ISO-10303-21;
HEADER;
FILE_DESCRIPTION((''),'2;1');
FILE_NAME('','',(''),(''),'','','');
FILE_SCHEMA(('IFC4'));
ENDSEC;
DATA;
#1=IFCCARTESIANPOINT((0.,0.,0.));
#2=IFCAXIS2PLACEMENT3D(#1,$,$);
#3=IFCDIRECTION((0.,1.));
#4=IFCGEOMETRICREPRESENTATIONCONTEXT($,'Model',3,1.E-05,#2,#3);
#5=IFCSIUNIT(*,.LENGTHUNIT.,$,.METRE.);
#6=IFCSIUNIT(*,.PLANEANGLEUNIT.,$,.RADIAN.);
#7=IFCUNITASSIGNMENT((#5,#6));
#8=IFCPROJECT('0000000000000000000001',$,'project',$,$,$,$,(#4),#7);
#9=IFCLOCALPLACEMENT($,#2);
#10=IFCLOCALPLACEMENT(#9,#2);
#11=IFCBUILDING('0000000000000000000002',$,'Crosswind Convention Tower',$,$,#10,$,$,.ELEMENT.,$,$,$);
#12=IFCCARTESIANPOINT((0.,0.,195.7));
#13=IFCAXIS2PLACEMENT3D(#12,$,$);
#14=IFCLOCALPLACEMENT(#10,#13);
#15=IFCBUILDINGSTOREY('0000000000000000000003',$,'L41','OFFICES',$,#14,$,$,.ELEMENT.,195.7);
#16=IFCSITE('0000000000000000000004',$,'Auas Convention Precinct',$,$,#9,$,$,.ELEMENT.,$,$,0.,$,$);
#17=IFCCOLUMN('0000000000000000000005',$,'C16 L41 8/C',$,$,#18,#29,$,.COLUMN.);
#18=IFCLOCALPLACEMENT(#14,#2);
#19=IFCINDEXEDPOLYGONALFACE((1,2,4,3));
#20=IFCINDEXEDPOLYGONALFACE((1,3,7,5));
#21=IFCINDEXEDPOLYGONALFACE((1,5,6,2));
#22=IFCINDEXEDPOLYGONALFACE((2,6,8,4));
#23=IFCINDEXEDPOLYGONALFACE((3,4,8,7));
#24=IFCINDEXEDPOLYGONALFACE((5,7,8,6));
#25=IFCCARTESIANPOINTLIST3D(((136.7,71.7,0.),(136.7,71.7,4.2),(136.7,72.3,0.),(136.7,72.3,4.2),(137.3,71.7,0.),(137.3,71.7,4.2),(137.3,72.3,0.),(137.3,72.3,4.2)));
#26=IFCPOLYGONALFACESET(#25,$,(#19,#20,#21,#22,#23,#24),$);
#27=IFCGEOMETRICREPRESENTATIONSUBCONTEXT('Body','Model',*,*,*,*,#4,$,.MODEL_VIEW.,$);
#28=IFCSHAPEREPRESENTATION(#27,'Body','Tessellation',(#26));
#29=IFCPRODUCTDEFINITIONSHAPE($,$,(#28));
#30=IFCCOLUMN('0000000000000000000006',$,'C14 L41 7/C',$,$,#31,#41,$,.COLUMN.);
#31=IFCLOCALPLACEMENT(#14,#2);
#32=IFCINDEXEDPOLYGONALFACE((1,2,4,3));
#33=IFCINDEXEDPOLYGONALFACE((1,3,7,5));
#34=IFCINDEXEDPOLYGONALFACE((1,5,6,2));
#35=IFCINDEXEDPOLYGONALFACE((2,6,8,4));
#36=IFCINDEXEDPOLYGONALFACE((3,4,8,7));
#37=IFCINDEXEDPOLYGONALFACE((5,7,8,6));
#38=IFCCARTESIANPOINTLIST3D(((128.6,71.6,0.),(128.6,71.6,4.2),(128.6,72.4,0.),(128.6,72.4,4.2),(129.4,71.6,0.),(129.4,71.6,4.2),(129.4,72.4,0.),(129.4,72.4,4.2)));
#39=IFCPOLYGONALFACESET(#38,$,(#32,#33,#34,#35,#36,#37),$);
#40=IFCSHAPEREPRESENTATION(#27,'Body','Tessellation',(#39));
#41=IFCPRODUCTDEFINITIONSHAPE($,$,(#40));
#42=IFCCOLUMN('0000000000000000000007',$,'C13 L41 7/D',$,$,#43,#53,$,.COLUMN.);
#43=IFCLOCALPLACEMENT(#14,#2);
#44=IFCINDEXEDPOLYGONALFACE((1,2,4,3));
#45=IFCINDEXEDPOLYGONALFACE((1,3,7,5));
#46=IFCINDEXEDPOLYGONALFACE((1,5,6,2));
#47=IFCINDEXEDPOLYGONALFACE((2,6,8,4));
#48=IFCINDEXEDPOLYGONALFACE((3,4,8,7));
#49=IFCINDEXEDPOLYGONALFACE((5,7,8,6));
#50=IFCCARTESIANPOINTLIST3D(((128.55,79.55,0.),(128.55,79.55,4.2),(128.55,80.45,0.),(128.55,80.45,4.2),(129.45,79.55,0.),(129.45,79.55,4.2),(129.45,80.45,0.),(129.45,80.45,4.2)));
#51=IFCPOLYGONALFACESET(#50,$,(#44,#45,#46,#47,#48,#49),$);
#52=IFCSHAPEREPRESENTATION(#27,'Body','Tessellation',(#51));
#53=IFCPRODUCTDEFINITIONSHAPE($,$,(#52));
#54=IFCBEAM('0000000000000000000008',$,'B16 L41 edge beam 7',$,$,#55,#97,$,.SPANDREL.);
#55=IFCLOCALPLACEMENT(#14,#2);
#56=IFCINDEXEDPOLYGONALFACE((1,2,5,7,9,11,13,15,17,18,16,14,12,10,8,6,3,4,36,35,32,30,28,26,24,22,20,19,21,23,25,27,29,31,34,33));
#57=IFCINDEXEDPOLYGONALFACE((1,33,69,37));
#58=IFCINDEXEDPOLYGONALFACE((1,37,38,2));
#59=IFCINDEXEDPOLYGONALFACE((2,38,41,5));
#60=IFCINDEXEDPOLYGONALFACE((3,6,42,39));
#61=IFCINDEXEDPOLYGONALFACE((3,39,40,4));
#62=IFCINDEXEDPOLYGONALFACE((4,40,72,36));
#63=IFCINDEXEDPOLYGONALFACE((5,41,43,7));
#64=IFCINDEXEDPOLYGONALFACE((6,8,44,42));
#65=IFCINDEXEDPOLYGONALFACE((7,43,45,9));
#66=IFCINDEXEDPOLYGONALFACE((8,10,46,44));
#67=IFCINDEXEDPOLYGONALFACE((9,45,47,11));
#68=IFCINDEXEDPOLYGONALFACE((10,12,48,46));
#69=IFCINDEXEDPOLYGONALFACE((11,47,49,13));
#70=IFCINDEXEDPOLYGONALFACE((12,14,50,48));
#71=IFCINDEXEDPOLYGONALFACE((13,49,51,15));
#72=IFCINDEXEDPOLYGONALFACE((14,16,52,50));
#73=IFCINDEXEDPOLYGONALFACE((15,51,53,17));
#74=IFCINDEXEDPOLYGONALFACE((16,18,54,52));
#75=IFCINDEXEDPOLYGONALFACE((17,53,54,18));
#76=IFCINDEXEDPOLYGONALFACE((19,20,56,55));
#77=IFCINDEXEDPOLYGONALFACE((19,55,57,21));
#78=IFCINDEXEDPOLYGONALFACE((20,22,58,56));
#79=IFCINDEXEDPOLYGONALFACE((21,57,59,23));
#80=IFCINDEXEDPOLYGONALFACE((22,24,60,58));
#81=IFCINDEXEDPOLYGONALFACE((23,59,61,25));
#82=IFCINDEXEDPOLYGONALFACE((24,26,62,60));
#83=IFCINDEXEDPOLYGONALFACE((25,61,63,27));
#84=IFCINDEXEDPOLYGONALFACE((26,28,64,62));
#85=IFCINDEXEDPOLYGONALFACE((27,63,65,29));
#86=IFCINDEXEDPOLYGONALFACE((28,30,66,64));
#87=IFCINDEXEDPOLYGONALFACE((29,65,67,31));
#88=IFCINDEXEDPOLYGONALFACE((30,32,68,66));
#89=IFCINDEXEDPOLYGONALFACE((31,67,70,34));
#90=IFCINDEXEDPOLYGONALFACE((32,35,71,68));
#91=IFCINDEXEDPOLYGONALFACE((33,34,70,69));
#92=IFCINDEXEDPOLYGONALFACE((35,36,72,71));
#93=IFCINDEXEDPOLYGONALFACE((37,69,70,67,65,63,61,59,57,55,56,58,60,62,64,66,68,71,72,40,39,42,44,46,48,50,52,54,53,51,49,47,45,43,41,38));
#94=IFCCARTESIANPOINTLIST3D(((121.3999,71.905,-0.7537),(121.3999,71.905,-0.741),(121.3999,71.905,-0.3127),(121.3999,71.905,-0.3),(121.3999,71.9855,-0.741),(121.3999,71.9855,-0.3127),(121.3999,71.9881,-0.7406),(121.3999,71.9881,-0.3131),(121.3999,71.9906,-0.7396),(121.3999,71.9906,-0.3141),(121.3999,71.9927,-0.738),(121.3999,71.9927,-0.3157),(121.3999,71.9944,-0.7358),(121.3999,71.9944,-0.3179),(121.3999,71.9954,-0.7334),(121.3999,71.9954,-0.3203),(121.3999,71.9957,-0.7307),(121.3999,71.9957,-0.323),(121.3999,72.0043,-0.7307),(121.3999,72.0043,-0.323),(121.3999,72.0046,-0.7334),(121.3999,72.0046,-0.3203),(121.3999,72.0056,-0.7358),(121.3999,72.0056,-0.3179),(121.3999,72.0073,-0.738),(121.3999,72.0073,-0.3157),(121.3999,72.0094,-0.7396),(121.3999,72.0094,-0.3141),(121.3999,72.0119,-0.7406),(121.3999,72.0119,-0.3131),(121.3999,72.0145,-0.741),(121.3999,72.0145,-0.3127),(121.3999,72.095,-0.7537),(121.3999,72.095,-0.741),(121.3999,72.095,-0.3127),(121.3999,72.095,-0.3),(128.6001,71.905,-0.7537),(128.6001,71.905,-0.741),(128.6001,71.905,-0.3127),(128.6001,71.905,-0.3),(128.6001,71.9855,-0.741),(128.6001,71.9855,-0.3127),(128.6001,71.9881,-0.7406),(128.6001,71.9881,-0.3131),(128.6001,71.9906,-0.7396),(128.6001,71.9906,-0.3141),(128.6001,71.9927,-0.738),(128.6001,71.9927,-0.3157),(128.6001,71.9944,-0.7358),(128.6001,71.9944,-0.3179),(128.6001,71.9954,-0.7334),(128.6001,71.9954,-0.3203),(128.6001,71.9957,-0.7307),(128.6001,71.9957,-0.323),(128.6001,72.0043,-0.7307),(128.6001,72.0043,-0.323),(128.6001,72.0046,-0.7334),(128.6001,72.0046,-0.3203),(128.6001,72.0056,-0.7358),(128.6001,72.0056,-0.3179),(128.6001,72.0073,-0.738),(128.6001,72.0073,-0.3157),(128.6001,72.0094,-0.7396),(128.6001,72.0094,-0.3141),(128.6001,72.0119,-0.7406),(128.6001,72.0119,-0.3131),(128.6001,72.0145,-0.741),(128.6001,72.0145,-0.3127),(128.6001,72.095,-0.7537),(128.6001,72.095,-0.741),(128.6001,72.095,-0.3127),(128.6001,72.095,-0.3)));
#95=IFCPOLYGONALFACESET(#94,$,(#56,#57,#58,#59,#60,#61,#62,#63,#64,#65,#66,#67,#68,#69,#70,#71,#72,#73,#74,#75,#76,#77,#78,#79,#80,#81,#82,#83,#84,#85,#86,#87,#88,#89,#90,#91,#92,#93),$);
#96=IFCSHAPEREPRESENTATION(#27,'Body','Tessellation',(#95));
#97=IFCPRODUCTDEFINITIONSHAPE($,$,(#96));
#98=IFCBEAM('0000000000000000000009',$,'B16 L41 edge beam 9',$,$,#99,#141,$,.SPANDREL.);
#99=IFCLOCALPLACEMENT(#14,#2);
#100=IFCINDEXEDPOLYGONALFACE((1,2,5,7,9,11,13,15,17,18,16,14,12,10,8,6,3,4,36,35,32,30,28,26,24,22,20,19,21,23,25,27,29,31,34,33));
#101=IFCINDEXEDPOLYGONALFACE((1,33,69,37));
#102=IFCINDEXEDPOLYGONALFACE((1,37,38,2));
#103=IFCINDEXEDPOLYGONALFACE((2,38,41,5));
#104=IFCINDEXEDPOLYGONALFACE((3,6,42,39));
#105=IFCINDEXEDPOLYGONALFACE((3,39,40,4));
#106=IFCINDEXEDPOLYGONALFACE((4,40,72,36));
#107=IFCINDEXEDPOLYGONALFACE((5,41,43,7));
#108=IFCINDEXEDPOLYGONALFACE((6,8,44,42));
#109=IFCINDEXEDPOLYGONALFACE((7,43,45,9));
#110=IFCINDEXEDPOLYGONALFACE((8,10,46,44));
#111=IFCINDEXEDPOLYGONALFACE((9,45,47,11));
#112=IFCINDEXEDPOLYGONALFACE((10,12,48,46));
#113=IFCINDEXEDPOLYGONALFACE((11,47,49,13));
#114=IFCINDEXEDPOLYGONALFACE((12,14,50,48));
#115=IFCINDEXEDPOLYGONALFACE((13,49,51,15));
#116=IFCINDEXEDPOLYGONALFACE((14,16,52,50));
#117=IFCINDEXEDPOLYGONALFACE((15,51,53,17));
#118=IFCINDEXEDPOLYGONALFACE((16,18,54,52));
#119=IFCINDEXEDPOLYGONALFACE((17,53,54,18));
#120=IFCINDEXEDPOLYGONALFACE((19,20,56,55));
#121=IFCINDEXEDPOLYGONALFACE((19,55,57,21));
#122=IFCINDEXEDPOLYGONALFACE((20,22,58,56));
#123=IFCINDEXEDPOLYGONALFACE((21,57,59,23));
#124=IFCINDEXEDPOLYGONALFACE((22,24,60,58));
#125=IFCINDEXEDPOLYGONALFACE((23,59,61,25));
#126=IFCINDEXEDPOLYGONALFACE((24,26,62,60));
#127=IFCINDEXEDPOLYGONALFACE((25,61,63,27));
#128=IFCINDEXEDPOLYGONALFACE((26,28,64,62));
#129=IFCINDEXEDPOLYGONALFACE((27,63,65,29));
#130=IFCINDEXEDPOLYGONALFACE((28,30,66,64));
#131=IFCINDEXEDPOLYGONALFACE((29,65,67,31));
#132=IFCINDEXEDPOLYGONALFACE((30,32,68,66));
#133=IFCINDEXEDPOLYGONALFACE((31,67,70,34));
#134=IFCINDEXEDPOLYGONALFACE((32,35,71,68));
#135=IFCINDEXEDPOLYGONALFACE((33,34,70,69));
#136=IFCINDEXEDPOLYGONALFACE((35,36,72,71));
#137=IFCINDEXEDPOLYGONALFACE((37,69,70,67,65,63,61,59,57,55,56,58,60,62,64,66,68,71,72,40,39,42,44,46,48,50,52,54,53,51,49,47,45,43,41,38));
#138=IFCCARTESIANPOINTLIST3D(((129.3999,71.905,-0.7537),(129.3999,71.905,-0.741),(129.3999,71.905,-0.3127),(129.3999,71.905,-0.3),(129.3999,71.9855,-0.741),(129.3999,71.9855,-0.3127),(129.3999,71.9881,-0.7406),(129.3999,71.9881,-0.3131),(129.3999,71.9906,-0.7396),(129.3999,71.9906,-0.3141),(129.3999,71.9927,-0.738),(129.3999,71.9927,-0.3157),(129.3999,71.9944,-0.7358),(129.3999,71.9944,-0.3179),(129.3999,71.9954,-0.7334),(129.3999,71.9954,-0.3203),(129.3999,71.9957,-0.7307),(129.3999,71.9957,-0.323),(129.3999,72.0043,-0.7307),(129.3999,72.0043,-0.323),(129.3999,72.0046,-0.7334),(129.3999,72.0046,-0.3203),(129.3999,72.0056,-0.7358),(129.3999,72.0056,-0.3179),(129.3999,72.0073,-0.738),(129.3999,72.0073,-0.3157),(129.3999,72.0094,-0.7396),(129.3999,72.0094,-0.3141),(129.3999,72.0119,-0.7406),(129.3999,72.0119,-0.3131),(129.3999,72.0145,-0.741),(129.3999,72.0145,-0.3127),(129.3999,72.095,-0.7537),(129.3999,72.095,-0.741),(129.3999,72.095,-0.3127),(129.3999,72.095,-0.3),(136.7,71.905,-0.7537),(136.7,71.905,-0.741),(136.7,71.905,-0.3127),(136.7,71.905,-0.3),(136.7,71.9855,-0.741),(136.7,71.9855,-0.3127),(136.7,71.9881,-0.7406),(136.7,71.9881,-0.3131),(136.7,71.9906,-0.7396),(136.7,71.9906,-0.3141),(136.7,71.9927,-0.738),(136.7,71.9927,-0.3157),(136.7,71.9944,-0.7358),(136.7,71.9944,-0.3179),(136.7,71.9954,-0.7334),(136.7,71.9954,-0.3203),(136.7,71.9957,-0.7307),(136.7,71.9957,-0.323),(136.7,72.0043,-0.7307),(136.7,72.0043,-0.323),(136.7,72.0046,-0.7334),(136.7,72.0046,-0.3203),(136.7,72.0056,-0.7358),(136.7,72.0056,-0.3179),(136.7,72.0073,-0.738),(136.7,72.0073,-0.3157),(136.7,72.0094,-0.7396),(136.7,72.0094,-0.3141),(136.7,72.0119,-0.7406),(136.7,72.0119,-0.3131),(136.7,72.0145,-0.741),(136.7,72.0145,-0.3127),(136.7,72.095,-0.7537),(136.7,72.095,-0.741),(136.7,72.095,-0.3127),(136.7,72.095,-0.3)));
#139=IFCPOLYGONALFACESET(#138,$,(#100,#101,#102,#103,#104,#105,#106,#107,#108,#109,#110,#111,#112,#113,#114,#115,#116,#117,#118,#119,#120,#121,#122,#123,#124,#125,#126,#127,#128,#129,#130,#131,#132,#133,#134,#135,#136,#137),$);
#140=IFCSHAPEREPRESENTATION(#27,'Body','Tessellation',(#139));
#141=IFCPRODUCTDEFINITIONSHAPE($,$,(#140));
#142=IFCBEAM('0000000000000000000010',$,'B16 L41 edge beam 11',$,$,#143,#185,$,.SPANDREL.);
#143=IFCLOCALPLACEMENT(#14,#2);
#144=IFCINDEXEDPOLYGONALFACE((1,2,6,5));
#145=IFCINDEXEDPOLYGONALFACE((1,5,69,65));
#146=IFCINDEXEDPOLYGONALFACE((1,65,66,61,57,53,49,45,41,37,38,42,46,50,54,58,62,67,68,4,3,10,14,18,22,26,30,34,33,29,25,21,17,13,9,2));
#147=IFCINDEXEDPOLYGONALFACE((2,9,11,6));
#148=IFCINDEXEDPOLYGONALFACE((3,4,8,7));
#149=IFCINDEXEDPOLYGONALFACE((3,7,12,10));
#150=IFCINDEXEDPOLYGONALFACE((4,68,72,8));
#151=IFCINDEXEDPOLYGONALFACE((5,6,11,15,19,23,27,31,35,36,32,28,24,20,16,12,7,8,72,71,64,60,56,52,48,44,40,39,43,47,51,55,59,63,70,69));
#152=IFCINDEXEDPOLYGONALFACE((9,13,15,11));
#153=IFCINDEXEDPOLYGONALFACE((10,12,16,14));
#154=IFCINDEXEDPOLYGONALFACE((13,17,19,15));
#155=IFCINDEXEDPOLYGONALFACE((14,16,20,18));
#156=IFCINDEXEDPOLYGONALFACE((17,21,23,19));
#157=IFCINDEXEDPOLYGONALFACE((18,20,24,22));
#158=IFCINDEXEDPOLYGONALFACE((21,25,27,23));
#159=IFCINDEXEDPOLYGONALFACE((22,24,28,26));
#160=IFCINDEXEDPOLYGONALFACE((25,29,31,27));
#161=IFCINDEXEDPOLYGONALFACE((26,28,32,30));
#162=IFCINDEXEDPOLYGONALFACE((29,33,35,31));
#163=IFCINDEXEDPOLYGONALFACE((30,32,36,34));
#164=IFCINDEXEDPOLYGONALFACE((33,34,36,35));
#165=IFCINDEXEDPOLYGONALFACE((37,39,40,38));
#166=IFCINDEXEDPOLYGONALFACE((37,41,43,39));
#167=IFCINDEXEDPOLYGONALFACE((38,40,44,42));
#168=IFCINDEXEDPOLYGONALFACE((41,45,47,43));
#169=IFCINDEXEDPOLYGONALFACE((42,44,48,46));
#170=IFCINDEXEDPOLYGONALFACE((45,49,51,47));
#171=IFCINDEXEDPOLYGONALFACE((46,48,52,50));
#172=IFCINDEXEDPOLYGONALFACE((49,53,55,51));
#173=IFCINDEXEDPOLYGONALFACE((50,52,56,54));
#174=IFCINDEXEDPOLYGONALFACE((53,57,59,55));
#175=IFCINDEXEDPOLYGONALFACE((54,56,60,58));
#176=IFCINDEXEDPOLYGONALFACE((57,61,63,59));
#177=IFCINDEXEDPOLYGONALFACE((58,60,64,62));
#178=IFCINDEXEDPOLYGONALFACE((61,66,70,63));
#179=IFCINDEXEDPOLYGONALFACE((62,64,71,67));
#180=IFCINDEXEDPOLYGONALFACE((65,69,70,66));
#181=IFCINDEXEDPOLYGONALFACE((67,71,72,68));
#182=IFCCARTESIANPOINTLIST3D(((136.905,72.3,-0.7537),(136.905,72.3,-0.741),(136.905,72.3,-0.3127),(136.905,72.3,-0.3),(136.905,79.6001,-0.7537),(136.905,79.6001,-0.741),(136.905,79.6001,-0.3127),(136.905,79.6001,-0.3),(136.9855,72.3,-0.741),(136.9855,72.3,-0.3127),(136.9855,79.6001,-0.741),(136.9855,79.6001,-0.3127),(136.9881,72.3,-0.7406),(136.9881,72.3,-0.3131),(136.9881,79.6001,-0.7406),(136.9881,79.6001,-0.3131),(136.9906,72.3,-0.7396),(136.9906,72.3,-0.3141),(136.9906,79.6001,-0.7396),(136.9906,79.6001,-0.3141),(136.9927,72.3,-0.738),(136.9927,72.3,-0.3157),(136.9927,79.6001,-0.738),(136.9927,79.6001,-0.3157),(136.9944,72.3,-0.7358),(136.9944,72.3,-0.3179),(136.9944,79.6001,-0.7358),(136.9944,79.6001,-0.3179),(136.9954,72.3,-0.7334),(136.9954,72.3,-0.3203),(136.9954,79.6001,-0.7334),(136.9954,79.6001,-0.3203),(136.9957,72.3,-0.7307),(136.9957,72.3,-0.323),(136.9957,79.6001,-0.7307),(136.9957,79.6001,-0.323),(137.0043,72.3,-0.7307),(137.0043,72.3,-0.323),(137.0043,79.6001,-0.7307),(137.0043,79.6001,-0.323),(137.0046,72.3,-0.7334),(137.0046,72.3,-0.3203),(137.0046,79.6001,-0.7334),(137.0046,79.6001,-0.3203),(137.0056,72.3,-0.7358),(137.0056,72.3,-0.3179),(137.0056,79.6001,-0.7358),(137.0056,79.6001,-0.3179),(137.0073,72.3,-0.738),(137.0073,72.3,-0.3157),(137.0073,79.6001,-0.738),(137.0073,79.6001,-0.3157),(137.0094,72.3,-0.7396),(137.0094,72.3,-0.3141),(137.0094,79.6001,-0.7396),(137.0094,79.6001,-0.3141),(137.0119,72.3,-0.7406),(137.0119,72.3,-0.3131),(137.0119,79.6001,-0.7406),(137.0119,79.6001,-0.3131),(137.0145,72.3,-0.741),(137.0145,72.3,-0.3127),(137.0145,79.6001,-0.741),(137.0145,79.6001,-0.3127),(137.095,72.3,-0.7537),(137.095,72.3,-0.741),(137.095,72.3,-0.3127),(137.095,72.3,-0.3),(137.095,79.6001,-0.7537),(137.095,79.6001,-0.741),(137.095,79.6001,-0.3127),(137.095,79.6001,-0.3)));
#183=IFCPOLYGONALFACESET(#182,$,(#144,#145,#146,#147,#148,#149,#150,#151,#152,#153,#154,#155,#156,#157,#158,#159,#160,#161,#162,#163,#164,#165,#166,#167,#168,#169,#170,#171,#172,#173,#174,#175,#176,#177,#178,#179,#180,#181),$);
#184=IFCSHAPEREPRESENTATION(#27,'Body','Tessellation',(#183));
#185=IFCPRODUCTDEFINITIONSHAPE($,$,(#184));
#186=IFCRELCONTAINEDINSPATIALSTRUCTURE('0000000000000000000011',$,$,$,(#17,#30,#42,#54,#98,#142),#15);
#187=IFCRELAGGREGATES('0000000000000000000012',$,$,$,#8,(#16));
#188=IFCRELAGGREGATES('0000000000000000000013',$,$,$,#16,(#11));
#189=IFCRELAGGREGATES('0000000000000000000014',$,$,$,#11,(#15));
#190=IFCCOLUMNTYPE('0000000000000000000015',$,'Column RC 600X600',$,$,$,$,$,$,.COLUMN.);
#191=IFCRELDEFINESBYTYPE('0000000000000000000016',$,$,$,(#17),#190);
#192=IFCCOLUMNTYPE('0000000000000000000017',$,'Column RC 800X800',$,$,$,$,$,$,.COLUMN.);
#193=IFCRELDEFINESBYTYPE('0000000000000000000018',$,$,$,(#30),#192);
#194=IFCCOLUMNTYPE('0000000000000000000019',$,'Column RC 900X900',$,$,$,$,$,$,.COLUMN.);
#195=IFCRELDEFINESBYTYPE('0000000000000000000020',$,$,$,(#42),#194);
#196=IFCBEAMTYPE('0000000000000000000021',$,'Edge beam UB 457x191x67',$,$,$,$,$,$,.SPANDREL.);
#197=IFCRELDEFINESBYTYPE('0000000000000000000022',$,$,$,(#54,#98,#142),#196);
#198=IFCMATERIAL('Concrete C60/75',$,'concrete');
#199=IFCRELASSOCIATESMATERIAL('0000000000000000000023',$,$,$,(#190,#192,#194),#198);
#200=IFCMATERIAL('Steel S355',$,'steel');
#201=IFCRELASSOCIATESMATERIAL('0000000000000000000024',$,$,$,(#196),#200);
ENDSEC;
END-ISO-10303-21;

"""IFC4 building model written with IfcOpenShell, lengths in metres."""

from ifc_helpers import new_model, si_unit, direction, frame, origin, origin_2d, place, context, subcontext, project, spatial, rectangle, i_section, extrude, material, material_profile, profile_set, type_object, element, save


model = new_model("IFC4")

# Units and contexts
model_context = context("Model", 3, precision=1e-05, world=origin(), true_north=direction((0.0, 1.0)))
body_context = subcontext(model_context, "Body", "Model", "MODEL_VIEW")
ifc_project = project(units=[si_unit("LENGTHUNIT", "METRE"), si_unit("PLANEANGLEUNIT", "RADIAN")], contexts=[model_context])

# Site, building, storey
site_placement = place(None, origin())
site = spatial("IfcSite", under=ifc_project, at=site_placement, Name="Auas Convention Precinct", CompositionType="ELEMENT", RefElevation=0.0)
building_placement = place(site_placement, origin())
building = spatial("IfcBuilding", under=site, at=building_placement, Name="Crosswind Convention Tower", CompositionType="ELEMENT")
storey_placement = place(building_placement, frame((0.0, 0.0, 195.7)))
storey = spatial("IfcBuildingStorey", under=building, at=storey_placement, Name="L41", Description="OFFICES", CompositionType="ELEMENT", Elevation=195.7)

# Columns
ifc_material_1 = material(Name="Concrete C60/75", Category="concrete")
ifc_material_profile_1 = material_profile(ifc_material_1, rectangle(XDim=0.6001, YDim=0.6001, at=origin_2d()), Name="RC 600X600")
ifc_profile_set_1 = profile_set([ifc_material_profile_1], Name="Concrete C60/75")
column_type_1 = type_object("IfcColumnType", Name="Column RC 600X600", PredefinedType="COLUMN", material=ifc_profile_set_1)
column_1_placement = place(storey_placement, frame((137.0, 72.0, 0.0), z_axis=(0.0, 0.0, 1.0), x_axis=(1.0, 0.0, 0.0)))
element("IfcColumn", 1, at=column_1_placement, inside=storey, type_object=column_type_1, Name="C16 L41 8/C", PredefinedType="COLUMN", context=body_context, shape_type="SweptSolid", body=[
    extrude(rectangle(XDim=0.6001, YDim=0.6001, at=origin_2d()), origin(), (0.0, 0.0, 1.0), 4.2),
])
ifc_material_profile_2 = material_profile(ifc_material_1, rectangle(XDim=0.8, YDim=0.8, at=origin_2d()), Name="RC 800X800")
ifc_profile_set_2 = profile_set([ifc_material_profile_2], Name="Concrete C60/75")
column_type_2 = type_object("IfcColumnType", Name="Column RC 800X800", PredefinedType="COLUMN", material=ifc_profile_set_2)
column_2_placement = place(storey_placement, frame((129.0, 72.0, 0.0), z_axis=(0.0, 0.0, 1.0), x_axis=(1.0, 0.0, 0.0)))
element("IfcColumn", 2, at=column_2_placement, inside=storey, type_object=column_type_2, Name="C14 L41 7/C", PredefinedType="COLUMN", context=body_context, shape_type="SweptSolid", body=[
    extrude(rectangle(XDim=0.8, YDim=0.8, at=origin_2d()), origin(), (0.0, 0.0, 1.0), 4.2),
])
ifc_material_profile_3 = material_profile(ifc_material_1, rectangle(XDim=0.8999, YDim=0.8999, at=origin_2d()), Name="RC 900X900")
ifc_profile_set_3 = profile_set([ifc_material_profile_3], Name="Concrete C60/75")
column_type_3 = type_object("IfcColumnType", Name="Column RC 900X900", PredefinedType="COLUMN", material=ifc_profile_set_3)
column_3_placement = place(storey_placement, frame((129.0, 80.0, 0.0), z_axis=(0.0, 0.0, 1.0), x_axis=(1.0, 0.0, 0.0)))
element("IfcColumn", 3, at=column_3_placement, inside=storey, type_object=column_type_3, Name="C13 L41 7/D", PredefinedType="COLUMN", context=body_context, shape_type="SweptSolid", body=[
    extrude(rectangle(XDim=0.8999, YDim=0.8999, at=origin_2d()), origin(), (0.0, 0.0, 1.0), 4.2),
])

# Beams
ifc_material_2 = material(Name="Steel S355", Category="steel")
ifc_material_profile_4 = material_profile(ifc_material_2, i_section(OverallWidth=0.1899, OverallDepth=0.4536, WebThickness=0.0085, FlangeThickness=0.0127, FilletRadius=0.0103, at=origin_2d()), Name="UB 457x191x67")
ifc_profile_set_4 = profile_set([ifc_material_profile_4], Name="Steel S355")
beam_type_1 = type_object("IfcBeamType", Name="Edge beam UB 457x191x67", PredefinedType="SPANDREL", material=ifc_profile_set_4)
beam_1_placement = place(storey_placement, frame((121.3999, 72.0, -0.5269), z_axis=(1.0, 0.0, 0.0), x_axis=(0.0, 1.0, 0.0)))
element("IfcBeam", 4, at=beam_1_placement, inside=storey, type_object=beam_type_1, Name="B16 L41 edge beam 7", PredefinedType="SPANDREL", context=body_context, shape_type="SweptSolid", body=[
    extrude(i_section(OverallWidth=0.1899, OverallDepth=0.4536, WebThickness=0.0085, FlangeThickness=0.0127, FilletRadius=0.0103, at=origin_2d()), origin(), (0.0, 0.0, 1.0), 7.2002),
])
for number, where, z_axis, x_axis, name in (
    (5, (129.3999, 72.0, -0.5269), (1.0, 0.0, 0.0), (0.0, 1.0, 0.0), "B16 L41 edge beam 9"),
    (6, (137.0, 72.3, -0.5269), (0.0, 1.0, 0.0), (-1.0, 0.0, 0.0), "B16 L41 edge beam 11"),
):
    element("IfcBeam", number, at=place(storey_placement, frame(where, z_axis=z_axis, x_axis=x_axis)), inside=storey, type_object=beam_type_1, Name=name, PredefinedType="SPANDREL", context=body_context, shape_type="SweptSolid", body=[
        extrude(i_section(OverallWidth=0.1899, OverallDepth=0.4536, WebThickness=0.0085, FlangeThickness=0.0127, FilletRadius=0.0103, at=origin_2d()), origin(), (0.0, 0.0, 1.0), 7.3),
    ])

save(model, "model.ifc")
